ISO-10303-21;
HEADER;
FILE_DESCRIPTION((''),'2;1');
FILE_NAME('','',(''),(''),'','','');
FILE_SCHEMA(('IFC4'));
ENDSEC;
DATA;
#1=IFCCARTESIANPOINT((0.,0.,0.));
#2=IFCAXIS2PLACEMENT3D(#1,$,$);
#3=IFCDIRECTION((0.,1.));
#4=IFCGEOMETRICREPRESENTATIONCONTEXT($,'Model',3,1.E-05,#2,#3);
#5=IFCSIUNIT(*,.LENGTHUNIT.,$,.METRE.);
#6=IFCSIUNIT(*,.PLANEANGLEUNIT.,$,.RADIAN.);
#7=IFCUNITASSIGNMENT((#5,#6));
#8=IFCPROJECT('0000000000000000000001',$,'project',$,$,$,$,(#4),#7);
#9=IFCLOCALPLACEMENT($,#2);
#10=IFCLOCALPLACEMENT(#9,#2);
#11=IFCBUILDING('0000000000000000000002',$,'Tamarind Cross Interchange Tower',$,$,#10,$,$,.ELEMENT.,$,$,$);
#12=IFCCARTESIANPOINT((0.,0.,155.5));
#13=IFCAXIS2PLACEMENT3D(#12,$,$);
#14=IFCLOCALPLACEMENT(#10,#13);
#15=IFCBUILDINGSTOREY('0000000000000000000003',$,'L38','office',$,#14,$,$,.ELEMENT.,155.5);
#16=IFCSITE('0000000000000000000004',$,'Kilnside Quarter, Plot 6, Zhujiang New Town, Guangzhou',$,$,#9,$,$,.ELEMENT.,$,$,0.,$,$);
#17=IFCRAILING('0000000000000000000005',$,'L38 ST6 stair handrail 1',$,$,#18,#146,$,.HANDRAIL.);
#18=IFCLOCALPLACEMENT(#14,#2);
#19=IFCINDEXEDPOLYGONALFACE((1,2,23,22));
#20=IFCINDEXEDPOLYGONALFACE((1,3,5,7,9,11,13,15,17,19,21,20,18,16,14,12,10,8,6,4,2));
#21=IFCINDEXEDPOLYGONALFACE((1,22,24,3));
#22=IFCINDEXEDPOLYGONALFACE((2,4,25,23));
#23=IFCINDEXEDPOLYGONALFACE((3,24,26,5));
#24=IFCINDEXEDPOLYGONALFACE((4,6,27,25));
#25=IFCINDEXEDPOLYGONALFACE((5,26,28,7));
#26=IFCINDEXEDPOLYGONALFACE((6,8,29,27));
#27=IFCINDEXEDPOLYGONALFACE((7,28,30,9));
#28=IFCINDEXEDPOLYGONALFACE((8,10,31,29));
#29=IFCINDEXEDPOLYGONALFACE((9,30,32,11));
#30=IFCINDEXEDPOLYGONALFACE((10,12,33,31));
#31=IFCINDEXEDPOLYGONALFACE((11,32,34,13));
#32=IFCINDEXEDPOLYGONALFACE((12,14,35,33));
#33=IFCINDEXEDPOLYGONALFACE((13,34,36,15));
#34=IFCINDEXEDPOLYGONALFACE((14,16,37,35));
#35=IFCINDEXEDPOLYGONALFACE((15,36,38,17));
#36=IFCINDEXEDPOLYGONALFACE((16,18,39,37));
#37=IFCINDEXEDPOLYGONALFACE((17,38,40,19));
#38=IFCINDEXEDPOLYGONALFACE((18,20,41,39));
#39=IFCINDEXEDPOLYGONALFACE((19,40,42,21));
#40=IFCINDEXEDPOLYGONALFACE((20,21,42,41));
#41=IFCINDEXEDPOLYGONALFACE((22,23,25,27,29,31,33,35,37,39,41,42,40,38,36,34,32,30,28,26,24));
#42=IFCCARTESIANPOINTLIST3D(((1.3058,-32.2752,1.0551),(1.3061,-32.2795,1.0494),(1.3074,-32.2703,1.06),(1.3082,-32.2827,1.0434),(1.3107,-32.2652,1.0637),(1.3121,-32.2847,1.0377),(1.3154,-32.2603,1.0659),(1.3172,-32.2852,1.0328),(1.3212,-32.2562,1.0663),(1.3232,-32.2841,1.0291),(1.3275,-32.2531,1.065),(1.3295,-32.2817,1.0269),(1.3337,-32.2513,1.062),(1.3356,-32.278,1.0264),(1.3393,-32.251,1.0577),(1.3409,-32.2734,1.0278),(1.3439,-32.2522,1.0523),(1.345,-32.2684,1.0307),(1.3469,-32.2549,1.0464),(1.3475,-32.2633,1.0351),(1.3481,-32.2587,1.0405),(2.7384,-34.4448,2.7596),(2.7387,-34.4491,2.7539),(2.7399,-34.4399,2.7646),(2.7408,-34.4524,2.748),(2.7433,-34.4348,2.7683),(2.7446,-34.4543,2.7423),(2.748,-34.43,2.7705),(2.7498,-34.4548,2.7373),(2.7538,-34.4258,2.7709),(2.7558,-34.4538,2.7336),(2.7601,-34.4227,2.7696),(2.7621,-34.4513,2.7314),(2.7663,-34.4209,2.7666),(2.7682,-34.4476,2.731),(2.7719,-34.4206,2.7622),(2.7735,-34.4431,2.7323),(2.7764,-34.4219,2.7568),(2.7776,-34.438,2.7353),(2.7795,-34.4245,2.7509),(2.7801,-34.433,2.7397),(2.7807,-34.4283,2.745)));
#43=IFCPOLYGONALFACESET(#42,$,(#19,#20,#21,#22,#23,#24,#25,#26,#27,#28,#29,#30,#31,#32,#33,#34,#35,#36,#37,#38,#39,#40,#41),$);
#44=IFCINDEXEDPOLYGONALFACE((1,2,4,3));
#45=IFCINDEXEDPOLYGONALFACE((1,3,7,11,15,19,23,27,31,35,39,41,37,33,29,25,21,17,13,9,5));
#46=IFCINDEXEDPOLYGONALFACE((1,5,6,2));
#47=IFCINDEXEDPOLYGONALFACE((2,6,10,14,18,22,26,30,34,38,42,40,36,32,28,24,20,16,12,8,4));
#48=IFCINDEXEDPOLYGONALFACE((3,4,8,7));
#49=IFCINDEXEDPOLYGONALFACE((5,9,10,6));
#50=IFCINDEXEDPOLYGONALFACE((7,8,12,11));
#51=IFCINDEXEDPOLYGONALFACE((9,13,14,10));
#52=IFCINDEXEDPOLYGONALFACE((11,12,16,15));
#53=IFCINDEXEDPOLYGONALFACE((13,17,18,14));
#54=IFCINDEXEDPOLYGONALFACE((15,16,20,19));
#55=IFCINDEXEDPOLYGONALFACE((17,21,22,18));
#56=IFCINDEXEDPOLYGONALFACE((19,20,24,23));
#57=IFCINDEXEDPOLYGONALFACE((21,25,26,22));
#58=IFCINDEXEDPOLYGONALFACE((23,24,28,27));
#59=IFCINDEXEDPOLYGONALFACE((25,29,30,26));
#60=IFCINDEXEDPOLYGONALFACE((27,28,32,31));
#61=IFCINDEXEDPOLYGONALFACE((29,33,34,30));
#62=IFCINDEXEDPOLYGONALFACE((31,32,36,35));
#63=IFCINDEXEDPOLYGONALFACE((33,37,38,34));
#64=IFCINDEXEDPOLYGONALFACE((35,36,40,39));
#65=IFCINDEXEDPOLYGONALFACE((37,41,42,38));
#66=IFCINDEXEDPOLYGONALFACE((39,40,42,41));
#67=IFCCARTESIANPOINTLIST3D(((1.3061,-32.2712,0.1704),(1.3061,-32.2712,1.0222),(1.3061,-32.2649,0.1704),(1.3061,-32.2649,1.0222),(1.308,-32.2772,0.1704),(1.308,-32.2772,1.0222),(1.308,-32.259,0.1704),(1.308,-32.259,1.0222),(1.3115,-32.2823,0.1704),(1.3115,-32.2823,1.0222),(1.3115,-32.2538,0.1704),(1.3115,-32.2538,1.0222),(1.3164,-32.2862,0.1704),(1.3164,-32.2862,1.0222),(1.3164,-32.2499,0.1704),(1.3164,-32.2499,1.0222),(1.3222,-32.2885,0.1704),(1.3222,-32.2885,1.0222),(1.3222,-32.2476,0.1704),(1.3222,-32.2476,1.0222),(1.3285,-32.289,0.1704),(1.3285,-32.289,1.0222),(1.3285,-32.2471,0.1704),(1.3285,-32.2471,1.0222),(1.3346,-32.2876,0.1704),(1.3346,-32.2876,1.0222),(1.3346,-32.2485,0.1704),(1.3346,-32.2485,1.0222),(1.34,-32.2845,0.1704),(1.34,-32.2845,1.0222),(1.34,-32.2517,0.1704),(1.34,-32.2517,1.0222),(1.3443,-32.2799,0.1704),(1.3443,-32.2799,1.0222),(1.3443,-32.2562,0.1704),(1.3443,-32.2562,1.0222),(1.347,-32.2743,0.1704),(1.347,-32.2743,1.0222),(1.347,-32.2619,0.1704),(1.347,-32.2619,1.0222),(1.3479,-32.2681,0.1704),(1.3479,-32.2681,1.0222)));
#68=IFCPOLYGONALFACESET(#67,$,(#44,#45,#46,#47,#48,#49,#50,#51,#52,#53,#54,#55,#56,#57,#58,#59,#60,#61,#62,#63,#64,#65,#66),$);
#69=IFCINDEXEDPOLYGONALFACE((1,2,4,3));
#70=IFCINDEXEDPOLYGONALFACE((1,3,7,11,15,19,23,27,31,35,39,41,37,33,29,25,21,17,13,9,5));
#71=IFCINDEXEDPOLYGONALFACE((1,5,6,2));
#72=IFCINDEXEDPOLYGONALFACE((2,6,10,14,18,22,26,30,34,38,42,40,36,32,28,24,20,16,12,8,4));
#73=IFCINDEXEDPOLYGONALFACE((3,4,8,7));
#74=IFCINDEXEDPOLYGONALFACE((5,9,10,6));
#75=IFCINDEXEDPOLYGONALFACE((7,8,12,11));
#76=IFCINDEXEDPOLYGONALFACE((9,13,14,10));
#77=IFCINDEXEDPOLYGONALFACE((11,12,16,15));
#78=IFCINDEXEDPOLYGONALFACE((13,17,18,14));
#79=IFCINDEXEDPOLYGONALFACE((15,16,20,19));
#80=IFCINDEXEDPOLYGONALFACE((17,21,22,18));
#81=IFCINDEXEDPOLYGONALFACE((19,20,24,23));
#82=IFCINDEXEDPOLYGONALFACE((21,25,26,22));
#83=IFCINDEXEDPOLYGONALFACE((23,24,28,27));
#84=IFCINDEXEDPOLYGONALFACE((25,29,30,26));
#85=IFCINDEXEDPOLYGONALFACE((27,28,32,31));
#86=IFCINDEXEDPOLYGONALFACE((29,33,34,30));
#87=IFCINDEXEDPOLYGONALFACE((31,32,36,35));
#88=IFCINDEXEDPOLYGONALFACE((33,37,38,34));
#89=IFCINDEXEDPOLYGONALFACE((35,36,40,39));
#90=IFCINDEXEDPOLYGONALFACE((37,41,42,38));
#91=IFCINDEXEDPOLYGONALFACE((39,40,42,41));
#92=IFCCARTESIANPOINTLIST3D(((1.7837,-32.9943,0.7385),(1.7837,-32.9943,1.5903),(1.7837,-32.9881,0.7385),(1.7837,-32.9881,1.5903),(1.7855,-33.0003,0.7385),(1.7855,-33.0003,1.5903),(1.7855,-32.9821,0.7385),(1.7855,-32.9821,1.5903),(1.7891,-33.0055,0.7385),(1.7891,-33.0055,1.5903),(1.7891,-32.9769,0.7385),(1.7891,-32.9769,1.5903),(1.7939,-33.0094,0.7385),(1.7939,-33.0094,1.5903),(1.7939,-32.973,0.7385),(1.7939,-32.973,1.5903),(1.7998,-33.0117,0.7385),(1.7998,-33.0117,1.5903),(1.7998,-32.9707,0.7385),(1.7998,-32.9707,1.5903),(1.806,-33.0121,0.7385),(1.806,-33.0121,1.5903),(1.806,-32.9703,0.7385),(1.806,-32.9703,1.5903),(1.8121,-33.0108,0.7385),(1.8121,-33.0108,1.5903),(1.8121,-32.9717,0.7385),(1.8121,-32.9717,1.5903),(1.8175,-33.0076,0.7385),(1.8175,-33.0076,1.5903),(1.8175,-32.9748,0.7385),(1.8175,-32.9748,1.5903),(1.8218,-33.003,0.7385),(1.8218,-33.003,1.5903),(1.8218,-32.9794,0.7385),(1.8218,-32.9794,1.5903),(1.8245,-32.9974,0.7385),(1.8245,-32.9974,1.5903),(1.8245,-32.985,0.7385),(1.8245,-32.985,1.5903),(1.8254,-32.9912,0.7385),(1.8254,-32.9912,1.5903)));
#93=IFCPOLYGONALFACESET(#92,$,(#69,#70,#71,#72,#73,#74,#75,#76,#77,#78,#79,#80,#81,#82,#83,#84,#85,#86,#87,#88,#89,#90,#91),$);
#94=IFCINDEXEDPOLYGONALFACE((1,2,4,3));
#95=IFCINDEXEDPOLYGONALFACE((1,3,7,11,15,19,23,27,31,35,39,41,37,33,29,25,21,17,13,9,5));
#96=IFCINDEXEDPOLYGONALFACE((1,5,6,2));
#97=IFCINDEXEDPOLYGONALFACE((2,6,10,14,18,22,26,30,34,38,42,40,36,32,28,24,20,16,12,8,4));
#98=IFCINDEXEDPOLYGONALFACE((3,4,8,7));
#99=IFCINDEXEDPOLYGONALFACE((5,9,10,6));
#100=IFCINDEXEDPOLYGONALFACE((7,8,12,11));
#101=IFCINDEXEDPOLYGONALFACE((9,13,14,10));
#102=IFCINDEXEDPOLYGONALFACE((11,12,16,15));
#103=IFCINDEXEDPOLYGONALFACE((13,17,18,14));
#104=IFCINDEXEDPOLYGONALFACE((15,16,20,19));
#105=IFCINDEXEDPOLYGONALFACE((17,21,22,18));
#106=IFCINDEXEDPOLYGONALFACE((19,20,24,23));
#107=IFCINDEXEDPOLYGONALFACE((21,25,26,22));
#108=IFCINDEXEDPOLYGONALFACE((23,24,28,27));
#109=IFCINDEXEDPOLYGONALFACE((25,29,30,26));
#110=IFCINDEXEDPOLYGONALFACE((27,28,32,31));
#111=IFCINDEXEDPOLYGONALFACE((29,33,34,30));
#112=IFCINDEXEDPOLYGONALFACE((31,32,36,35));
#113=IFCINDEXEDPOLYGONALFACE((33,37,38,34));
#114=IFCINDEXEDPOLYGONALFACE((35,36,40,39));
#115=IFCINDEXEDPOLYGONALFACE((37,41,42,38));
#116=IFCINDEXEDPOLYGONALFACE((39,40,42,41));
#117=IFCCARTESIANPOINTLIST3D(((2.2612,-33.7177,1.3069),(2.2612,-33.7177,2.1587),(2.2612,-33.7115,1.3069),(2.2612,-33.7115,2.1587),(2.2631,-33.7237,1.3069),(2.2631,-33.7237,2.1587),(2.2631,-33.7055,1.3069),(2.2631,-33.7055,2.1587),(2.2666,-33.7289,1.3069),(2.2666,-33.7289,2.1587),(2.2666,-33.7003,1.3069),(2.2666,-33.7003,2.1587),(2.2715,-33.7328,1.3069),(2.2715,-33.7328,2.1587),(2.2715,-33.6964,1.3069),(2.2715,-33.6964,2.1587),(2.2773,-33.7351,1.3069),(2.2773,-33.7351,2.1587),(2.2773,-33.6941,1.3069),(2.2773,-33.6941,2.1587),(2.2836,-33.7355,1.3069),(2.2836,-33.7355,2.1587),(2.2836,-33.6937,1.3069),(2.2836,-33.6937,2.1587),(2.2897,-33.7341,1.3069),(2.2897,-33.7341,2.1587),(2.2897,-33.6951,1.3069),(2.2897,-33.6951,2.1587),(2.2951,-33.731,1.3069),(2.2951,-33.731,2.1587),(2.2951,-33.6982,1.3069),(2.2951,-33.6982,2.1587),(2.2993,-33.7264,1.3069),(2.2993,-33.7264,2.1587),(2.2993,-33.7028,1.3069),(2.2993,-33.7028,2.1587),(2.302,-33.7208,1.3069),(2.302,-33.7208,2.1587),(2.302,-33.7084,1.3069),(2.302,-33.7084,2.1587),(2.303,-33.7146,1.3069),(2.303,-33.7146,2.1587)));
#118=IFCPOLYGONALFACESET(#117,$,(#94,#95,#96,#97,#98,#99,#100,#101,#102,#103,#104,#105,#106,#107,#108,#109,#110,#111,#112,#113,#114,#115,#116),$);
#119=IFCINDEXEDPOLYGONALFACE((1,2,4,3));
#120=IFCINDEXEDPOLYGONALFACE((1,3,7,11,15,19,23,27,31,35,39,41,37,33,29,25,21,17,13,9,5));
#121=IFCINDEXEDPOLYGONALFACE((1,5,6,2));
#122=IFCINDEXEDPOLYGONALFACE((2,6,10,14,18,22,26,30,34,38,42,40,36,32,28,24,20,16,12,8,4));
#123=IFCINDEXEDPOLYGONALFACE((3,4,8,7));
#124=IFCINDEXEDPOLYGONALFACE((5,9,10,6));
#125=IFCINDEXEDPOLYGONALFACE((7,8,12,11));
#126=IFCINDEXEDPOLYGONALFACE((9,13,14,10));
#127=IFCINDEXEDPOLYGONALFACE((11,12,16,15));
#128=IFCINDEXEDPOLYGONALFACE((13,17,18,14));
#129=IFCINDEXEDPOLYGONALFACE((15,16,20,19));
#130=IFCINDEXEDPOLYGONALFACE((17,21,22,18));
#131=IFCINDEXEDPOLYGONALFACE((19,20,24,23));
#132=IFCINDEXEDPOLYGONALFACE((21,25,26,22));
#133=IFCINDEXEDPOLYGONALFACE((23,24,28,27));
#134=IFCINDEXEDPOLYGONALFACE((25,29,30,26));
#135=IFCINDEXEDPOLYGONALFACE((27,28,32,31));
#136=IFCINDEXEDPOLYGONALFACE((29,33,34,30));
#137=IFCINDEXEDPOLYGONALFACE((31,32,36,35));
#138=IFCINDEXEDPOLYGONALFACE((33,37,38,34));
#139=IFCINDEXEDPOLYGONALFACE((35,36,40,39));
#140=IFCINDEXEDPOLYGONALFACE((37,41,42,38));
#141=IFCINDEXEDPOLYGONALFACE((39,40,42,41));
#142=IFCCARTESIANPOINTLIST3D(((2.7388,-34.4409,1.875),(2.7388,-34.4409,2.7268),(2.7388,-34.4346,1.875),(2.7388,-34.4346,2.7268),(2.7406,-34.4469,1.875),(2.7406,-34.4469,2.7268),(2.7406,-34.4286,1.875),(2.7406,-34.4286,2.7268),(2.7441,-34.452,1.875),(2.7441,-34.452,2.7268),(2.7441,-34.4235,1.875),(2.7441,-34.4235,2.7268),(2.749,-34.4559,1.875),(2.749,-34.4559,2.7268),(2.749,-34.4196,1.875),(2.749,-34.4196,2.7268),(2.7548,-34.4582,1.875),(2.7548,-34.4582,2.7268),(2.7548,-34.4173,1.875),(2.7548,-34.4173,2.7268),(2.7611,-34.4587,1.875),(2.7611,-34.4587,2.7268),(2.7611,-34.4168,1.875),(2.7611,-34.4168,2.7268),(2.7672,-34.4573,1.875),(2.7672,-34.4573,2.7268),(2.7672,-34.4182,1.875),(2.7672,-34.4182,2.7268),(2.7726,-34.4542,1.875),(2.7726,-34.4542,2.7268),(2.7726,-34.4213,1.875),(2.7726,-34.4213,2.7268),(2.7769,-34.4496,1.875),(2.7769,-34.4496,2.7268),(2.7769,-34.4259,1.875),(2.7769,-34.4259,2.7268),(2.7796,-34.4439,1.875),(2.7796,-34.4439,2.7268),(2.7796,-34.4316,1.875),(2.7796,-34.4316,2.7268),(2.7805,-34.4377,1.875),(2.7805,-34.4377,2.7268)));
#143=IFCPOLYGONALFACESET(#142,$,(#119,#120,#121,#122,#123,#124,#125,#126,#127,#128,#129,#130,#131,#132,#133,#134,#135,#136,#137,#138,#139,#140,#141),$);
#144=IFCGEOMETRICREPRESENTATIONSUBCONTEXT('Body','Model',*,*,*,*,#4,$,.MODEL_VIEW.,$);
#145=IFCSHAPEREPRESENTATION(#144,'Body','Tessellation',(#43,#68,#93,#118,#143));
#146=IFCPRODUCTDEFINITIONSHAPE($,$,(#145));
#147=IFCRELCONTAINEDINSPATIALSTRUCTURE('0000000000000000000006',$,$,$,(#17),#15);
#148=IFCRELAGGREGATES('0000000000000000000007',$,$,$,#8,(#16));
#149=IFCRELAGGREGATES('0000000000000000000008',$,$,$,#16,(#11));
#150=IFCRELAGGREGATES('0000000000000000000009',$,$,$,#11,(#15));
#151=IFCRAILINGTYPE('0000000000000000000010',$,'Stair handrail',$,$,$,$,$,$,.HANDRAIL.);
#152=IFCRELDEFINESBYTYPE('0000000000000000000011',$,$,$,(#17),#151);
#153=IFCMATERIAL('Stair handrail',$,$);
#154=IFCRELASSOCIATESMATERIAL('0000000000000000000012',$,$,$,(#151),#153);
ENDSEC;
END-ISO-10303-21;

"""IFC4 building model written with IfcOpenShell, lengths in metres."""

from ifc_helpers import new_model, si_unit, direction, frame, origin, origin_2d, place, context, subcontext, project, spatial, circle, extrude, material, type_object, element, save


model = new_model("IFC4")

# Units and contexts
model_context = context("Model", 3, precision=1e-05, world=origin(), true_north=direction((0.0, 1.0)))
body_context = subcontext(model_context, "Body", "Model", "MODEL_VIEW")
ifc_project = project(units=[si_unit("LENGTHUNIT", "METRE"), si_unit("PLANEANGLEUNIT", "RADIAN")], contexts=[model_context])

# Site, building, storey
site_placement = place(None, origin())
site = spatial("IfcSite", under=ifc_project, at=site_placement, Name="Kilnside Quarter, Plot 6, Zhujiang New Town, Guangzhou", CompositionType="ELEMENT", RefElevation=0.0)
building_placement = place(site_placement, origin())
building = spatial("IfcBuilding", under=site, at=building_placement, Name="Tamarind Cross Interchange Tower", CompositionType="ELEMENT")
storey_placement = place(building_placement, frame((0.0, 0.0, 155.5)))
storey = spatial("IfcBuildingStorey", under=building, at=storey_placement, Name="L38", Description="office", CompositionType="ELEMENT", Elevation=155.5)

# Railing
ifc_material_1 = material(Name="Stair handrail")
railing_type_1 = type_object("IfcRailingType", Name="Stair handrail", PredefinedType="HANDRAIL", material=ifc_material_1)
railing_1_placement = place(storey_placement, frame((1.3269, -32.2681, 0.1704)))
element("IfcRailing", 1, at=railing_1_placement, inside=storey, type_object=railing_type_1, Name="L38 ST6 stair handrail 1", PredefinedType="HANDRAIL", context=body_context, shape_type="SweptSolid", body=[
    extrude(circle(Radius=0.0239, at=origin_2d()), frame((0.0, 0.0, 0.876), z_axis=(0.460805, -0.697883, 0.548286), x_axis=(0.834498, 0.551011, 0.0)), (0.0, 0.0, 1.0), 3.1089),
    extrude(circle(Radius=0.021, at=origin_2d()), origin(), (0.0, 0.0, 1.0), 0.8518),
    extrude(circle(Radius=0.021, at=origin_2d()), frame((0.4775, -0.7231, 0.5681)), (0.0, 0.0, 1.0), 0.8518),
    extrude(circle(Radius=0.021, at=origin_2d()), frame((0.9551, -1.4465, 1.1365)), (0.0, 0.0, 1.0), 0.8518),
    extrude(circle(Radius=0.021, at=origin_2d()), frame((1.4326, -2.1697, 1.7046)), (0.0, 0.0, 1.0), 0.8518),
])

save(model, "model.ifc")
